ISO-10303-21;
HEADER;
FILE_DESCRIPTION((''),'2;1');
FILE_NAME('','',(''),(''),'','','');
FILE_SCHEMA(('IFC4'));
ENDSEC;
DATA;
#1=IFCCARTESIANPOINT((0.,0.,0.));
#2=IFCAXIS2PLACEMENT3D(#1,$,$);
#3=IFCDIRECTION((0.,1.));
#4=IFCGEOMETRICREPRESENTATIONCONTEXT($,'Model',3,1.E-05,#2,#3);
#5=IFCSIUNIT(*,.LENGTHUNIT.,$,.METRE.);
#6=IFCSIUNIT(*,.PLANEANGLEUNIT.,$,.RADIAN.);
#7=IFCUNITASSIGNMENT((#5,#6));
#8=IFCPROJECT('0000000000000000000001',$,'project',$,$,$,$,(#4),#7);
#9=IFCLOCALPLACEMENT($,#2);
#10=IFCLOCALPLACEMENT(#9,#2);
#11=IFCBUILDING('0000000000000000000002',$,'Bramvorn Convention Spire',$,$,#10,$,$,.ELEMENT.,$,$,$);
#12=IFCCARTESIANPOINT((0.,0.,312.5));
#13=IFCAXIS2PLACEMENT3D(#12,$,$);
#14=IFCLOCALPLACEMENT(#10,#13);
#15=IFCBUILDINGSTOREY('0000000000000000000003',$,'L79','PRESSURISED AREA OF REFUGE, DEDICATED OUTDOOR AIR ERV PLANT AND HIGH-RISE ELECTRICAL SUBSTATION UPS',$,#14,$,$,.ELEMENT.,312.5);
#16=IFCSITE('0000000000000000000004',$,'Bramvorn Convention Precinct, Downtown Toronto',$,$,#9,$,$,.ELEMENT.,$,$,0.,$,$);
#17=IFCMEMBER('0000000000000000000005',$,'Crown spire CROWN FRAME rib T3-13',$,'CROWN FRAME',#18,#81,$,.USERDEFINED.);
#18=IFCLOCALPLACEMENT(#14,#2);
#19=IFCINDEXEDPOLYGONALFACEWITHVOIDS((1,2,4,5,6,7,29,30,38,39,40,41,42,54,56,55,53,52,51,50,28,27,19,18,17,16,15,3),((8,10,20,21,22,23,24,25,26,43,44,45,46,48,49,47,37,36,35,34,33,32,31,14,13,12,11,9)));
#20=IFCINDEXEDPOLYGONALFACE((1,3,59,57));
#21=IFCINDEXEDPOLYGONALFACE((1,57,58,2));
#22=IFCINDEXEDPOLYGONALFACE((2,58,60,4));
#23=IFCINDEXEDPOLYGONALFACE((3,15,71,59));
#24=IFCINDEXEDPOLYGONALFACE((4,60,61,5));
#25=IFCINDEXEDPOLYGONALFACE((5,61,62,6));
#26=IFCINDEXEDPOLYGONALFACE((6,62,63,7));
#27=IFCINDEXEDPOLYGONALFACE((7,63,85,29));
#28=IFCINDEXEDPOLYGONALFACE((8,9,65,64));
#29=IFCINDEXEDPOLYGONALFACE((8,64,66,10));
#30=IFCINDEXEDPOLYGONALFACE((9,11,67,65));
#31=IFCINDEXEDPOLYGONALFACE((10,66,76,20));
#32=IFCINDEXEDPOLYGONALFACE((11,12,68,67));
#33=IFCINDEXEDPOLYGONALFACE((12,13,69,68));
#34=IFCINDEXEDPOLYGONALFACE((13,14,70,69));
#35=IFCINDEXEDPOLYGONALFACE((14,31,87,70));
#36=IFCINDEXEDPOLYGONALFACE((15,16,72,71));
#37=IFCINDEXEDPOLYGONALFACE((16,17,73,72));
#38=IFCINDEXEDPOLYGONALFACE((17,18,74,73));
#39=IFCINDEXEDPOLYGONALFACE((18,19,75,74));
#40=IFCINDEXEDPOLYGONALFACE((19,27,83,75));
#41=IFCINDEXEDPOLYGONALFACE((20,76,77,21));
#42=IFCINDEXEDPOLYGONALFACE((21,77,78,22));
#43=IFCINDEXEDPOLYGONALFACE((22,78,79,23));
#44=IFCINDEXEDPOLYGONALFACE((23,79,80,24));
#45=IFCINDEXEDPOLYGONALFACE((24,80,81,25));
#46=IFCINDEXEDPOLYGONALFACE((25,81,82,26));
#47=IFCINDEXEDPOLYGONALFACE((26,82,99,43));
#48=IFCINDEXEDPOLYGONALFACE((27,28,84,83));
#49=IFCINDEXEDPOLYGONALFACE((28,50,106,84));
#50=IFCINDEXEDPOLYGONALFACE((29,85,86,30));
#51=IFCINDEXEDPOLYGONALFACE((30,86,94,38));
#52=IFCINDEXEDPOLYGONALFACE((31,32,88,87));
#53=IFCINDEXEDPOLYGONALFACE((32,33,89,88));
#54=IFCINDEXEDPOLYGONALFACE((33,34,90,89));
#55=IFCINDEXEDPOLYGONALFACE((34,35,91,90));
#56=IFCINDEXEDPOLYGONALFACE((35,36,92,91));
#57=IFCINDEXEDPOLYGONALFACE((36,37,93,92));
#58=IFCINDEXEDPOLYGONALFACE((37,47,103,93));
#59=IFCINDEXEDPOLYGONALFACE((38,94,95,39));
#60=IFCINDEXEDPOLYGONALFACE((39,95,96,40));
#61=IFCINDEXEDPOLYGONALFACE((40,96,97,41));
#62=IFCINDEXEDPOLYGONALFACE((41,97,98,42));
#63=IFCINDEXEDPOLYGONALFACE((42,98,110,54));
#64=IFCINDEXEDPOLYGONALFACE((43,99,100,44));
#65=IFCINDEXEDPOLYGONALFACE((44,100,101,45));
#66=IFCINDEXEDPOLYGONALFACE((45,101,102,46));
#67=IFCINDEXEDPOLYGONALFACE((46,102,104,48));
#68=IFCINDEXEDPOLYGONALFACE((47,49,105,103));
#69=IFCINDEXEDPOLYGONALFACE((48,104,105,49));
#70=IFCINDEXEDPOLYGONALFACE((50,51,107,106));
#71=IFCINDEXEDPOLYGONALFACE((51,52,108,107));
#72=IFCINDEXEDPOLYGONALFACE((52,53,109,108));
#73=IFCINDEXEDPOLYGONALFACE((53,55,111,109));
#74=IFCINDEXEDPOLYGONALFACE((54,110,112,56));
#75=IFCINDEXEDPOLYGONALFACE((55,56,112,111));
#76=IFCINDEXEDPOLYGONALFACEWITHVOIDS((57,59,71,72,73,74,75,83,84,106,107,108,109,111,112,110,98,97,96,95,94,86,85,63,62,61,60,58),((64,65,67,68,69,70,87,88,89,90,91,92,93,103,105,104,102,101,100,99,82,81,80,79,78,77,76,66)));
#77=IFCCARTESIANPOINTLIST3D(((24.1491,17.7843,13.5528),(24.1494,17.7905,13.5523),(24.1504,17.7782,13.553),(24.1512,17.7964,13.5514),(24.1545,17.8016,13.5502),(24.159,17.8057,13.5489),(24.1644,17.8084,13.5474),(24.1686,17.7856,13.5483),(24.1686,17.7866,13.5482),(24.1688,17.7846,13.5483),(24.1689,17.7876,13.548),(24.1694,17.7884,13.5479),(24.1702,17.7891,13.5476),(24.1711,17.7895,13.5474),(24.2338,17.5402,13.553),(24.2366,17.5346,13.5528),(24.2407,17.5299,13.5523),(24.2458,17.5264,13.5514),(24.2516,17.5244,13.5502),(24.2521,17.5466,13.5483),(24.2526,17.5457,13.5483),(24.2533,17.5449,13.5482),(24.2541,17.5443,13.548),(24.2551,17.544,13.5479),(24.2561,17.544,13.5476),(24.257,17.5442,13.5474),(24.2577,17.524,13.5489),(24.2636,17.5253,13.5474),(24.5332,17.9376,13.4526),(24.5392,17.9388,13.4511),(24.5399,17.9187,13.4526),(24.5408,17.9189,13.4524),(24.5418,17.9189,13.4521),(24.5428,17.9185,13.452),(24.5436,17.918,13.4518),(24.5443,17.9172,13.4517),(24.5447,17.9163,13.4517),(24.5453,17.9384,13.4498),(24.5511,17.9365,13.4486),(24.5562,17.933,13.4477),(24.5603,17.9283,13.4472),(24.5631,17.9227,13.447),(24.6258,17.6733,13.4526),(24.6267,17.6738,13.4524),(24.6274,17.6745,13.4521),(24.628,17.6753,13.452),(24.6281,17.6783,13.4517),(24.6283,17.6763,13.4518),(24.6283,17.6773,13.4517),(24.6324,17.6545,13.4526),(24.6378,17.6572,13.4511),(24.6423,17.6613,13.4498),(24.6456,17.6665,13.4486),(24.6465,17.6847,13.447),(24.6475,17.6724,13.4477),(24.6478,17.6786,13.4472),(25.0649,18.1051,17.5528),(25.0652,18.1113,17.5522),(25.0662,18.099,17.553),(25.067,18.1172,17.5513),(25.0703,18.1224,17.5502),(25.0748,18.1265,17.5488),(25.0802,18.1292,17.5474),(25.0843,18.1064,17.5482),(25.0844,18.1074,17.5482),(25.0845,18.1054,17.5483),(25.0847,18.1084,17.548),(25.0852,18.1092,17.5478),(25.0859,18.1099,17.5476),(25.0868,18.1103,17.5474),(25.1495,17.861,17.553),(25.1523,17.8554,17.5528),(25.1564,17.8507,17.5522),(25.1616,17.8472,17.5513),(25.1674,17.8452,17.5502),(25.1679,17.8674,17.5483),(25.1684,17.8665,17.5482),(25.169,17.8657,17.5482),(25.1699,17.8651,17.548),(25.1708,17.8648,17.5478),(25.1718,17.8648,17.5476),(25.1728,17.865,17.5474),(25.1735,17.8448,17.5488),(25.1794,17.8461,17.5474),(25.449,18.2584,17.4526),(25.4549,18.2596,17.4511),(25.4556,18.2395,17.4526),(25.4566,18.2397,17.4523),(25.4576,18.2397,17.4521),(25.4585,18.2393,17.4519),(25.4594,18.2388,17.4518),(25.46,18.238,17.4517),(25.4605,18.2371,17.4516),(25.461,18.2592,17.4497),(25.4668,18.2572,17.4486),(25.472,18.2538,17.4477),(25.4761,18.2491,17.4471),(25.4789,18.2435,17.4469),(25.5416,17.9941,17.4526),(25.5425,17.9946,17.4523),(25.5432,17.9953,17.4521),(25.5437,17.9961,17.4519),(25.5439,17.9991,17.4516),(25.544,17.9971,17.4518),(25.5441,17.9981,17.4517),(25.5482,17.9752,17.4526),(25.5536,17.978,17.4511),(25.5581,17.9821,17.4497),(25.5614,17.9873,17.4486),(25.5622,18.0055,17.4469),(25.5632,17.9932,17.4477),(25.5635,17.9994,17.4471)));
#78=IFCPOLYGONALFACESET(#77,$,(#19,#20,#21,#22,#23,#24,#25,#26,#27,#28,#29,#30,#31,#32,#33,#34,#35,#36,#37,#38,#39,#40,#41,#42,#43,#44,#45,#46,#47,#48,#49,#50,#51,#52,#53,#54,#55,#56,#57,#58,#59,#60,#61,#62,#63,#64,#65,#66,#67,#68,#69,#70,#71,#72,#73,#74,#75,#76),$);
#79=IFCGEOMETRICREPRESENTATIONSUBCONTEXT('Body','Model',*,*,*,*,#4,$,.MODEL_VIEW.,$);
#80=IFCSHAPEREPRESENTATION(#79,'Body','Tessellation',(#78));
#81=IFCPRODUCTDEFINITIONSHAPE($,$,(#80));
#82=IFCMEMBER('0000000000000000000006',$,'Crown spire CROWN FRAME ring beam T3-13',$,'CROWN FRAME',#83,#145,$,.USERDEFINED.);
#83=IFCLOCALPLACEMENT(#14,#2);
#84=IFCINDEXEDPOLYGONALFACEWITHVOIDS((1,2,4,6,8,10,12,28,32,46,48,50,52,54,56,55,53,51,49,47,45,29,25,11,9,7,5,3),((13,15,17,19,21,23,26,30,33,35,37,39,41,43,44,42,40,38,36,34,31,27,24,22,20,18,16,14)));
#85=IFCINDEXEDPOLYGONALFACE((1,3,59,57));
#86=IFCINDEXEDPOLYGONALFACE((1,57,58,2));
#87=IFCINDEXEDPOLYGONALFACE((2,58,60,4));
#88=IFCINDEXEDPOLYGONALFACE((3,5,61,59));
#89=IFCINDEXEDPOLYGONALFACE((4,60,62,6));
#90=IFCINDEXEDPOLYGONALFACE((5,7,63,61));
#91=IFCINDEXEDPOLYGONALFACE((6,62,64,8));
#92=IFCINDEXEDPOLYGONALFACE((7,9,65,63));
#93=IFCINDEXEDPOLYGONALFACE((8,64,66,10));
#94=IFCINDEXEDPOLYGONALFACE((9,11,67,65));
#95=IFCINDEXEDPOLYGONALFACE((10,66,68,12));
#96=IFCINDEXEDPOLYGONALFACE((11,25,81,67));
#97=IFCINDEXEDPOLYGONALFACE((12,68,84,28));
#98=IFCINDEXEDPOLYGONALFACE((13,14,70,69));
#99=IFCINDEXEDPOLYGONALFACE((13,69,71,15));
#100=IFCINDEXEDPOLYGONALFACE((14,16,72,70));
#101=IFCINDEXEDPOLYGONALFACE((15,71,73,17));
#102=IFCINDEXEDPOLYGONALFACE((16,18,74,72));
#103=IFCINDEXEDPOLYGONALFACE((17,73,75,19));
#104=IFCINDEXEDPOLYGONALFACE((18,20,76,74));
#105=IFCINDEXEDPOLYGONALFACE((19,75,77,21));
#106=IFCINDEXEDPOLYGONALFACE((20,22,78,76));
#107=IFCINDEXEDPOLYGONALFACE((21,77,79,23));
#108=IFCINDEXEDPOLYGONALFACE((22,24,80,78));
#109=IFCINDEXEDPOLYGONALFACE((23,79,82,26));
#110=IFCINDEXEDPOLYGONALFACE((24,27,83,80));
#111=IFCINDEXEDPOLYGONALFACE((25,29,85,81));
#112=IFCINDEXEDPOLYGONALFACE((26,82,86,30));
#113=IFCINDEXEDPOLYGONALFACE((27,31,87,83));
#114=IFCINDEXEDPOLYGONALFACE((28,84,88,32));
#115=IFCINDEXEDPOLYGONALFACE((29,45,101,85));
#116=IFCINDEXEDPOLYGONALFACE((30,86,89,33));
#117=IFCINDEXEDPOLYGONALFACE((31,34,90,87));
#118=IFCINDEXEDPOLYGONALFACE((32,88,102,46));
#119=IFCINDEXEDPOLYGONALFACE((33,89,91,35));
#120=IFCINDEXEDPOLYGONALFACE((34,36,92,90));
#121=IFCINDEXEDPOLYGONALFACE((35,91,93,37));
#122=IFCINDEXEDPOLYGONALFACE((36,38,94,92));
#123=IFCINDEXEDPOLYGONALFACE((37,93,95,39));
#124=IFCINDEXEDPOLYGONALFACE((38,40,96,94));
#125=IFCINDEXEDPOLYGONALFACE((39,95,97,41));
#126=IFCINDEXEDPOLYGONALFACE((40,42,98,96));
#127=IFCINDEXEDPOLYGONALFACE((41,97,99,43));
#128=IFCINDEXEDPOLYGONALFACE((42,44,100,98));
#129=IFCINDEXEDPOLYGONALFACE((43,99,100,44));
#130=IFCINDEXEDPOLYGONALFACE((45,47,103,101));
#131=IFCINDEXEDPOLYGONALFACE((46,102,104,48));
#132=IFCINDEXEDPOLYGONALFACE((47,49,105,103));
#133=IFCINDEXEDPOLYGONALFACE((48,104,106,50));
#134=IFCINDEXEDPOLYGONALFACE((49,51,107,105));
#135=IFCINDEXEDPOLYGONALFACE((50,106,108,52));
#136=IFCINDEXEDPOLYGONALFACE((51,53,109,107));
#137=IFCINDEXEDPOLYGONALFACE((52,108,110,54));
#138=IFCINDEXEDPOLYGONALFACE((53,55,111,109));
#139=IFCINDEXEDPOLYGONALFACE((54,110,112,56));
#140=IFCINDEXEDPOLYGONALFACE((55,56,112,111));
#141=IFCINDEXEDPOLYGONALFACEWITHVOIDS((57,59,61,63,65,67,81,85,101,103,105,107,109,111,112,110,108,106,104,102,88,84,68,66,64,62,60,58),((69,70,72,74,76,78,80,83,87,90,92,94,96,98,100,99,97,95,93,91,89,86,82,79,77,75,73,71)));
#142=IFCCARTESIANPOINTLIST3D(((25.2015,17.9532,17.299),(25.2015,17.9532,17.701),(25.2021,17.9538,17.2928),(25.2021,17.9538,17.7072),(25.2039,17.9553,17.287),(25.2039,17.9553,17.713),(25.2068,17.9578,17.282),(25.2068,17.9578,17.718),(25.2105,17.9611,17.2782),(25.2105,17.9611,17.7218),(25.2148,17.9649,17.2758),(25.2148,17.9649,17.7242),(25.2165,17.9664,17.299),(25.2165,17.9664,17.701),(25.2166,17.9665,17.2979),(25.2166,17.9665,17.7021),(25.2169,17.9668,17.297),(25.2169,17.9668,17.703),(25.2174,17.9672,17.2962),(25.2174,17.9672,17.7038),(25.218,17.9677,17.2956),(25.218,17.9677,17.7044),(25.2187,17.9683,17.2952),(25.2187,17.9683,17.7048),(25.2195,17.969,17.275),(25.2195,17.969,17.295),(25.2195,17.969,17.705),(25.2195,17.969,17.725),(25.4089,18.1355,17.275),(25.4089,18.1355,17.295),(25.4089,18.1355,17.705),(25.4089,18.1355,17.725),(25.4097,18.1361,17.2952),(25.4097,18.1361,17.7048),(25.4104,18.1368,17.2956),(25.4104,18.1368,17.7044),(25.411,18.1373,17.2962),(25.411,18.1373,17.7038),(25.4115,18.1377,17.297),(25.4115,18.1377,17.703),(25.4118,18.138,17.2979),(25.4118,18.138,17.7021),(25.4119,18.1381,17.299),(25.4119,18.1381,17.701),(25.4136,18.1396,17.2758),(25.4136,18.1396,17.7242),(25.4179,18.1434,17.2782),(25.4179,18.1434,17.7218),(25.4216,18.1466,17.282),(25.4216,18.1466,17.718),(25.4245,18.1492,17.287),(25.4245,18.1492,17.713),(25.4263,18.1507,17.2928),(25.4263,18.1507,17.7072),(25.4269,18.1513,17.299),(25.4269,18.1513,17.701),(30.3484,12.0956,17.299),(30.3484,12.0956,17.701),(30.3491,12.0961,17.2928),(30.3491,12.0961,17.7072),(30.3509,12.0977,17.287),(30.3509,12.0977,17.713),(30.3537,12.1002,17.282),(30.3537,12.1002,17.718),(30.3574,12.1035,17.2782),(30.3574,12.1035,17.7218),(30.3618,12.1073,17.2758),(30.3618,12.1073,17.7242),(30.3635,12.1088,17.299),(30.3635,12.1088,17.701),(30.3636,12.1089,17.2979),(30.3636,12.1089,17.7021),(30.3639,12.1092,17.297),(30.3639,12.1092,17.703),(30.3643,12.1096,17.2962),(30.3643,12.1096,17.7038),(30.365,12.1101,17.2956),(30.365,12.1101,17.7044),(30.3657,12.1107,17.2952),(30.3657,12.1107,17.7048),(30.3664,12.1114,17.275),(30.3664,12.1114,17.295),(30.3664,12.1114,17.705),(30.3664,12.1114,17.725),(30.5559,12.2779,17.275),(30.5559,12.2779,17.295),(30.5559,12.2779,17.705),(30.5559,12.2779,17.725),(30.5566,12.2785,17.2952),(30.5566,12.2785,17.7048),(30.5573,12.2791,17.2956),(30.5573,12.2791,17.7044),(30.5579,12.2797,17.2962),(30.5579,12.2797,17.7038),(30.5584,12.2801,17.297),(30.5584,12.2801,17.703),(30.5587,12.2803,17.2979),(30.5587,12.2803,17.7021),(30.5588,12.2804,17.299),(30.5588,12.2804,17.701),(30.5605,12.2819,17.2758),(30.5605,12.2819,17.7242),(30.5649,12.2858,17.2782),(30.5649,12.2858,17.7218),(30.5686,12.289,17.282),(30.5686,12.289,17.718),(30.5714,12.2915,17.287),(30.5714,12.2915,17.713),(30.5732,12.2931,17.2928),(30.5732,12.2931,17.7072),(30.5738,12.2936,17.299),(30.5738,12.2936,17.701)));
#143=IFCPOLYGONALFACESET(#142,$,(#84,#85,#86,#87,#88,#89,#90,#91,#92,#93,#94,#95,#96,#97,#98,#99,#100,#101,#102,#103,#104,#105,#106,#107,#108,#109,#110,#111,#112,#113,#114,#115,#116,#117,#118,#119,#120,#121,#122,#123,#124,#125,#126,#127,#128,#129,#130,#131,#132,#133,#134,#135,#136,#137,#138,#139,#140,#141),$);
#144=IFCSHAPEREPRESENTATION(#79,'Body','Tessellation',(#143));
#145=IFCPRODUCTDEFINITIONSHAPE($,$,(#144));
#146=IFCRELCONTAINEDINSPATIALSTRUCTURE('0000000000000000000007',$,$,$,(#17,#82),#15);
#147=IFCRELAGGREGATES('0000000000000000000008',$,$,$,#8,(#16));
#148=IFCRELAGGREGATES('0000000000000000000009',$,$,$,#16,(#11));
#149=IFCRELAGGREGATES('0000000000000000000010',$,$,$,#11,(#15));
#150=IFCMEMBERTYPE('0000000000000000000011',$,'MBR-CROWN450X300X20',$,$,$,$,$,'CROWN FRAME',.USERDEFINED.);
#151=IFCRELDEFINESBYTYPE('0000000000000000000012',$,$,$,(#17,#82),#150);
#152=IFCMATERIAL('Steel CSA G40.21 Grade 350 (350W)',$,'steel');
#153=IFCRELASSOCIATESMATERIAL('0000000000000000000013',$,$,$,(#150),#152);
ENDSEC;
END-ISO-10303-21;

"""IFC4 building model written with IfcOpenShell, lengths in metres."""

from ifc_helpers import new_model, si_unit, direction, frame, origin, origin_2d, place, context, subcontext, project, spatial, hollow_rectangle, extrude, material, material_profile, profile_set, type_object, element, save


model = new_model("IFC4")

# Units and contexts
model_context = context("Model", 3, precision=1e-05, world=origin(), true_north=direction((0.0, 1.0)))
body_context = subcontext(model_context, "Body", "Model", "MODEL_VIEW")
ifc_project = project(units=[si_unit("LENGTHUNIT", "METRE"), si_unit("PLANEANGLEUNIT", "RADIAN")], contexts=[model_context])

# Site, building, storey
site_placement = place(None, origin())
site = spatial("IfcSite", under=ifc_project, at=site_placement, Name="Bramvorn Convention Precinct, Downtown Toronto", CompositionType="ELEMENT", RefElevation=0.0)
building_placement = place(site_placement, origin())
building = spatial("IfcBuilding", under=site, at=building_placement, Name="Bramvorn Convention Spire", CompositionType="ELEMENT")
storey_placement = place(building_placement, frame((0.0, 0.0, 312.5)))
storey = spatial("IfcBuildingStorey", under=building, at=storey_placement, Name="L79", Description="PRESSURISED AREA OF REFUGE, DEDICATED OUTDOOR AIR ERV PLANT AND HIGH-RISE ELECTRICAL SUBSTATION UPS", CompositionType="ELEMENT", Elevation=312.5)

# Members
ifc_material_1 = material(Name="Steel CSA G40.21 Grade 350 (350W)", Category="steel")
ifc_material_profile = material_profile(ifc_material_1, hollow_rectangle(XDim=0.3, YDim=0.45, WallThickness=0.02, InnerFilletRadius=0.0039, OuterFilletRadius=0.0239, at=origin_2d()))
ifc_profile_set = profile_set([ifc_material_profile], Name="Steel CSA G40.21 Grade 350 (350W) - CROWN450X300X20")
member_type = type_object("IfcMemberType", Name="MBR-CROWN450X300X20", ElementType="CROWN FRAME", PredefinedType="USERDEFINED", material=ifc_profile_set)
member_1_placement = place(storey_placement, frame((24.3984, 17.7314, 13.5), z_axis=(0.22249, 0.07794, 0.971815), x_axis=(-0.330608, 0.943768, 0.0)))
element("IfcMember", 1, at=member_1_placement, inside=storey, type_object=member_type, Name="Crown spire CROWN FRAME rib T3-13", ObjectType="CROWN FRAME", PredefinedType="USERDEFINED", context=body_context, shape_type="SweptSolid", body=[
    extrude(hollow_rectangle(XDim=0.3, YDim=0.45, WallThickness=0.02, InnerFilletRadius=0.0039, OuterFilletRadius=0.0239, at=origin_2d()), origin(), (0.0, 0.0, 1.0), 4.116),
])
member_2_placement = place(storey_placement, frame((25.3142, 18.0522, 17.5), z_axis=(0.660066, -0.751208, 0.0), x_axis=(0.751208, 0.660066, 0.0)))
element("IfcMember", 2, at=member_2_placement, inside=storey, type_object=member_type, Name="Crown spire CROWN FRAME ring beam T3-13", ObjectType="CROWN FRAME", PredefinedType="USERDEFINED", context=body_context, shape_type="SweptSolid", body=[
    extrude(hollow_rectangle(XDim=0.3, YDim=0.45, WallThickness=0.02, InnerFilletRadius=0.0039, OuterFilletRadius=0.0239, at=origin_2d()), origin(), (0.0, 0.0, 1.0), 7.7976),
])

save(model, "model.ifc")
